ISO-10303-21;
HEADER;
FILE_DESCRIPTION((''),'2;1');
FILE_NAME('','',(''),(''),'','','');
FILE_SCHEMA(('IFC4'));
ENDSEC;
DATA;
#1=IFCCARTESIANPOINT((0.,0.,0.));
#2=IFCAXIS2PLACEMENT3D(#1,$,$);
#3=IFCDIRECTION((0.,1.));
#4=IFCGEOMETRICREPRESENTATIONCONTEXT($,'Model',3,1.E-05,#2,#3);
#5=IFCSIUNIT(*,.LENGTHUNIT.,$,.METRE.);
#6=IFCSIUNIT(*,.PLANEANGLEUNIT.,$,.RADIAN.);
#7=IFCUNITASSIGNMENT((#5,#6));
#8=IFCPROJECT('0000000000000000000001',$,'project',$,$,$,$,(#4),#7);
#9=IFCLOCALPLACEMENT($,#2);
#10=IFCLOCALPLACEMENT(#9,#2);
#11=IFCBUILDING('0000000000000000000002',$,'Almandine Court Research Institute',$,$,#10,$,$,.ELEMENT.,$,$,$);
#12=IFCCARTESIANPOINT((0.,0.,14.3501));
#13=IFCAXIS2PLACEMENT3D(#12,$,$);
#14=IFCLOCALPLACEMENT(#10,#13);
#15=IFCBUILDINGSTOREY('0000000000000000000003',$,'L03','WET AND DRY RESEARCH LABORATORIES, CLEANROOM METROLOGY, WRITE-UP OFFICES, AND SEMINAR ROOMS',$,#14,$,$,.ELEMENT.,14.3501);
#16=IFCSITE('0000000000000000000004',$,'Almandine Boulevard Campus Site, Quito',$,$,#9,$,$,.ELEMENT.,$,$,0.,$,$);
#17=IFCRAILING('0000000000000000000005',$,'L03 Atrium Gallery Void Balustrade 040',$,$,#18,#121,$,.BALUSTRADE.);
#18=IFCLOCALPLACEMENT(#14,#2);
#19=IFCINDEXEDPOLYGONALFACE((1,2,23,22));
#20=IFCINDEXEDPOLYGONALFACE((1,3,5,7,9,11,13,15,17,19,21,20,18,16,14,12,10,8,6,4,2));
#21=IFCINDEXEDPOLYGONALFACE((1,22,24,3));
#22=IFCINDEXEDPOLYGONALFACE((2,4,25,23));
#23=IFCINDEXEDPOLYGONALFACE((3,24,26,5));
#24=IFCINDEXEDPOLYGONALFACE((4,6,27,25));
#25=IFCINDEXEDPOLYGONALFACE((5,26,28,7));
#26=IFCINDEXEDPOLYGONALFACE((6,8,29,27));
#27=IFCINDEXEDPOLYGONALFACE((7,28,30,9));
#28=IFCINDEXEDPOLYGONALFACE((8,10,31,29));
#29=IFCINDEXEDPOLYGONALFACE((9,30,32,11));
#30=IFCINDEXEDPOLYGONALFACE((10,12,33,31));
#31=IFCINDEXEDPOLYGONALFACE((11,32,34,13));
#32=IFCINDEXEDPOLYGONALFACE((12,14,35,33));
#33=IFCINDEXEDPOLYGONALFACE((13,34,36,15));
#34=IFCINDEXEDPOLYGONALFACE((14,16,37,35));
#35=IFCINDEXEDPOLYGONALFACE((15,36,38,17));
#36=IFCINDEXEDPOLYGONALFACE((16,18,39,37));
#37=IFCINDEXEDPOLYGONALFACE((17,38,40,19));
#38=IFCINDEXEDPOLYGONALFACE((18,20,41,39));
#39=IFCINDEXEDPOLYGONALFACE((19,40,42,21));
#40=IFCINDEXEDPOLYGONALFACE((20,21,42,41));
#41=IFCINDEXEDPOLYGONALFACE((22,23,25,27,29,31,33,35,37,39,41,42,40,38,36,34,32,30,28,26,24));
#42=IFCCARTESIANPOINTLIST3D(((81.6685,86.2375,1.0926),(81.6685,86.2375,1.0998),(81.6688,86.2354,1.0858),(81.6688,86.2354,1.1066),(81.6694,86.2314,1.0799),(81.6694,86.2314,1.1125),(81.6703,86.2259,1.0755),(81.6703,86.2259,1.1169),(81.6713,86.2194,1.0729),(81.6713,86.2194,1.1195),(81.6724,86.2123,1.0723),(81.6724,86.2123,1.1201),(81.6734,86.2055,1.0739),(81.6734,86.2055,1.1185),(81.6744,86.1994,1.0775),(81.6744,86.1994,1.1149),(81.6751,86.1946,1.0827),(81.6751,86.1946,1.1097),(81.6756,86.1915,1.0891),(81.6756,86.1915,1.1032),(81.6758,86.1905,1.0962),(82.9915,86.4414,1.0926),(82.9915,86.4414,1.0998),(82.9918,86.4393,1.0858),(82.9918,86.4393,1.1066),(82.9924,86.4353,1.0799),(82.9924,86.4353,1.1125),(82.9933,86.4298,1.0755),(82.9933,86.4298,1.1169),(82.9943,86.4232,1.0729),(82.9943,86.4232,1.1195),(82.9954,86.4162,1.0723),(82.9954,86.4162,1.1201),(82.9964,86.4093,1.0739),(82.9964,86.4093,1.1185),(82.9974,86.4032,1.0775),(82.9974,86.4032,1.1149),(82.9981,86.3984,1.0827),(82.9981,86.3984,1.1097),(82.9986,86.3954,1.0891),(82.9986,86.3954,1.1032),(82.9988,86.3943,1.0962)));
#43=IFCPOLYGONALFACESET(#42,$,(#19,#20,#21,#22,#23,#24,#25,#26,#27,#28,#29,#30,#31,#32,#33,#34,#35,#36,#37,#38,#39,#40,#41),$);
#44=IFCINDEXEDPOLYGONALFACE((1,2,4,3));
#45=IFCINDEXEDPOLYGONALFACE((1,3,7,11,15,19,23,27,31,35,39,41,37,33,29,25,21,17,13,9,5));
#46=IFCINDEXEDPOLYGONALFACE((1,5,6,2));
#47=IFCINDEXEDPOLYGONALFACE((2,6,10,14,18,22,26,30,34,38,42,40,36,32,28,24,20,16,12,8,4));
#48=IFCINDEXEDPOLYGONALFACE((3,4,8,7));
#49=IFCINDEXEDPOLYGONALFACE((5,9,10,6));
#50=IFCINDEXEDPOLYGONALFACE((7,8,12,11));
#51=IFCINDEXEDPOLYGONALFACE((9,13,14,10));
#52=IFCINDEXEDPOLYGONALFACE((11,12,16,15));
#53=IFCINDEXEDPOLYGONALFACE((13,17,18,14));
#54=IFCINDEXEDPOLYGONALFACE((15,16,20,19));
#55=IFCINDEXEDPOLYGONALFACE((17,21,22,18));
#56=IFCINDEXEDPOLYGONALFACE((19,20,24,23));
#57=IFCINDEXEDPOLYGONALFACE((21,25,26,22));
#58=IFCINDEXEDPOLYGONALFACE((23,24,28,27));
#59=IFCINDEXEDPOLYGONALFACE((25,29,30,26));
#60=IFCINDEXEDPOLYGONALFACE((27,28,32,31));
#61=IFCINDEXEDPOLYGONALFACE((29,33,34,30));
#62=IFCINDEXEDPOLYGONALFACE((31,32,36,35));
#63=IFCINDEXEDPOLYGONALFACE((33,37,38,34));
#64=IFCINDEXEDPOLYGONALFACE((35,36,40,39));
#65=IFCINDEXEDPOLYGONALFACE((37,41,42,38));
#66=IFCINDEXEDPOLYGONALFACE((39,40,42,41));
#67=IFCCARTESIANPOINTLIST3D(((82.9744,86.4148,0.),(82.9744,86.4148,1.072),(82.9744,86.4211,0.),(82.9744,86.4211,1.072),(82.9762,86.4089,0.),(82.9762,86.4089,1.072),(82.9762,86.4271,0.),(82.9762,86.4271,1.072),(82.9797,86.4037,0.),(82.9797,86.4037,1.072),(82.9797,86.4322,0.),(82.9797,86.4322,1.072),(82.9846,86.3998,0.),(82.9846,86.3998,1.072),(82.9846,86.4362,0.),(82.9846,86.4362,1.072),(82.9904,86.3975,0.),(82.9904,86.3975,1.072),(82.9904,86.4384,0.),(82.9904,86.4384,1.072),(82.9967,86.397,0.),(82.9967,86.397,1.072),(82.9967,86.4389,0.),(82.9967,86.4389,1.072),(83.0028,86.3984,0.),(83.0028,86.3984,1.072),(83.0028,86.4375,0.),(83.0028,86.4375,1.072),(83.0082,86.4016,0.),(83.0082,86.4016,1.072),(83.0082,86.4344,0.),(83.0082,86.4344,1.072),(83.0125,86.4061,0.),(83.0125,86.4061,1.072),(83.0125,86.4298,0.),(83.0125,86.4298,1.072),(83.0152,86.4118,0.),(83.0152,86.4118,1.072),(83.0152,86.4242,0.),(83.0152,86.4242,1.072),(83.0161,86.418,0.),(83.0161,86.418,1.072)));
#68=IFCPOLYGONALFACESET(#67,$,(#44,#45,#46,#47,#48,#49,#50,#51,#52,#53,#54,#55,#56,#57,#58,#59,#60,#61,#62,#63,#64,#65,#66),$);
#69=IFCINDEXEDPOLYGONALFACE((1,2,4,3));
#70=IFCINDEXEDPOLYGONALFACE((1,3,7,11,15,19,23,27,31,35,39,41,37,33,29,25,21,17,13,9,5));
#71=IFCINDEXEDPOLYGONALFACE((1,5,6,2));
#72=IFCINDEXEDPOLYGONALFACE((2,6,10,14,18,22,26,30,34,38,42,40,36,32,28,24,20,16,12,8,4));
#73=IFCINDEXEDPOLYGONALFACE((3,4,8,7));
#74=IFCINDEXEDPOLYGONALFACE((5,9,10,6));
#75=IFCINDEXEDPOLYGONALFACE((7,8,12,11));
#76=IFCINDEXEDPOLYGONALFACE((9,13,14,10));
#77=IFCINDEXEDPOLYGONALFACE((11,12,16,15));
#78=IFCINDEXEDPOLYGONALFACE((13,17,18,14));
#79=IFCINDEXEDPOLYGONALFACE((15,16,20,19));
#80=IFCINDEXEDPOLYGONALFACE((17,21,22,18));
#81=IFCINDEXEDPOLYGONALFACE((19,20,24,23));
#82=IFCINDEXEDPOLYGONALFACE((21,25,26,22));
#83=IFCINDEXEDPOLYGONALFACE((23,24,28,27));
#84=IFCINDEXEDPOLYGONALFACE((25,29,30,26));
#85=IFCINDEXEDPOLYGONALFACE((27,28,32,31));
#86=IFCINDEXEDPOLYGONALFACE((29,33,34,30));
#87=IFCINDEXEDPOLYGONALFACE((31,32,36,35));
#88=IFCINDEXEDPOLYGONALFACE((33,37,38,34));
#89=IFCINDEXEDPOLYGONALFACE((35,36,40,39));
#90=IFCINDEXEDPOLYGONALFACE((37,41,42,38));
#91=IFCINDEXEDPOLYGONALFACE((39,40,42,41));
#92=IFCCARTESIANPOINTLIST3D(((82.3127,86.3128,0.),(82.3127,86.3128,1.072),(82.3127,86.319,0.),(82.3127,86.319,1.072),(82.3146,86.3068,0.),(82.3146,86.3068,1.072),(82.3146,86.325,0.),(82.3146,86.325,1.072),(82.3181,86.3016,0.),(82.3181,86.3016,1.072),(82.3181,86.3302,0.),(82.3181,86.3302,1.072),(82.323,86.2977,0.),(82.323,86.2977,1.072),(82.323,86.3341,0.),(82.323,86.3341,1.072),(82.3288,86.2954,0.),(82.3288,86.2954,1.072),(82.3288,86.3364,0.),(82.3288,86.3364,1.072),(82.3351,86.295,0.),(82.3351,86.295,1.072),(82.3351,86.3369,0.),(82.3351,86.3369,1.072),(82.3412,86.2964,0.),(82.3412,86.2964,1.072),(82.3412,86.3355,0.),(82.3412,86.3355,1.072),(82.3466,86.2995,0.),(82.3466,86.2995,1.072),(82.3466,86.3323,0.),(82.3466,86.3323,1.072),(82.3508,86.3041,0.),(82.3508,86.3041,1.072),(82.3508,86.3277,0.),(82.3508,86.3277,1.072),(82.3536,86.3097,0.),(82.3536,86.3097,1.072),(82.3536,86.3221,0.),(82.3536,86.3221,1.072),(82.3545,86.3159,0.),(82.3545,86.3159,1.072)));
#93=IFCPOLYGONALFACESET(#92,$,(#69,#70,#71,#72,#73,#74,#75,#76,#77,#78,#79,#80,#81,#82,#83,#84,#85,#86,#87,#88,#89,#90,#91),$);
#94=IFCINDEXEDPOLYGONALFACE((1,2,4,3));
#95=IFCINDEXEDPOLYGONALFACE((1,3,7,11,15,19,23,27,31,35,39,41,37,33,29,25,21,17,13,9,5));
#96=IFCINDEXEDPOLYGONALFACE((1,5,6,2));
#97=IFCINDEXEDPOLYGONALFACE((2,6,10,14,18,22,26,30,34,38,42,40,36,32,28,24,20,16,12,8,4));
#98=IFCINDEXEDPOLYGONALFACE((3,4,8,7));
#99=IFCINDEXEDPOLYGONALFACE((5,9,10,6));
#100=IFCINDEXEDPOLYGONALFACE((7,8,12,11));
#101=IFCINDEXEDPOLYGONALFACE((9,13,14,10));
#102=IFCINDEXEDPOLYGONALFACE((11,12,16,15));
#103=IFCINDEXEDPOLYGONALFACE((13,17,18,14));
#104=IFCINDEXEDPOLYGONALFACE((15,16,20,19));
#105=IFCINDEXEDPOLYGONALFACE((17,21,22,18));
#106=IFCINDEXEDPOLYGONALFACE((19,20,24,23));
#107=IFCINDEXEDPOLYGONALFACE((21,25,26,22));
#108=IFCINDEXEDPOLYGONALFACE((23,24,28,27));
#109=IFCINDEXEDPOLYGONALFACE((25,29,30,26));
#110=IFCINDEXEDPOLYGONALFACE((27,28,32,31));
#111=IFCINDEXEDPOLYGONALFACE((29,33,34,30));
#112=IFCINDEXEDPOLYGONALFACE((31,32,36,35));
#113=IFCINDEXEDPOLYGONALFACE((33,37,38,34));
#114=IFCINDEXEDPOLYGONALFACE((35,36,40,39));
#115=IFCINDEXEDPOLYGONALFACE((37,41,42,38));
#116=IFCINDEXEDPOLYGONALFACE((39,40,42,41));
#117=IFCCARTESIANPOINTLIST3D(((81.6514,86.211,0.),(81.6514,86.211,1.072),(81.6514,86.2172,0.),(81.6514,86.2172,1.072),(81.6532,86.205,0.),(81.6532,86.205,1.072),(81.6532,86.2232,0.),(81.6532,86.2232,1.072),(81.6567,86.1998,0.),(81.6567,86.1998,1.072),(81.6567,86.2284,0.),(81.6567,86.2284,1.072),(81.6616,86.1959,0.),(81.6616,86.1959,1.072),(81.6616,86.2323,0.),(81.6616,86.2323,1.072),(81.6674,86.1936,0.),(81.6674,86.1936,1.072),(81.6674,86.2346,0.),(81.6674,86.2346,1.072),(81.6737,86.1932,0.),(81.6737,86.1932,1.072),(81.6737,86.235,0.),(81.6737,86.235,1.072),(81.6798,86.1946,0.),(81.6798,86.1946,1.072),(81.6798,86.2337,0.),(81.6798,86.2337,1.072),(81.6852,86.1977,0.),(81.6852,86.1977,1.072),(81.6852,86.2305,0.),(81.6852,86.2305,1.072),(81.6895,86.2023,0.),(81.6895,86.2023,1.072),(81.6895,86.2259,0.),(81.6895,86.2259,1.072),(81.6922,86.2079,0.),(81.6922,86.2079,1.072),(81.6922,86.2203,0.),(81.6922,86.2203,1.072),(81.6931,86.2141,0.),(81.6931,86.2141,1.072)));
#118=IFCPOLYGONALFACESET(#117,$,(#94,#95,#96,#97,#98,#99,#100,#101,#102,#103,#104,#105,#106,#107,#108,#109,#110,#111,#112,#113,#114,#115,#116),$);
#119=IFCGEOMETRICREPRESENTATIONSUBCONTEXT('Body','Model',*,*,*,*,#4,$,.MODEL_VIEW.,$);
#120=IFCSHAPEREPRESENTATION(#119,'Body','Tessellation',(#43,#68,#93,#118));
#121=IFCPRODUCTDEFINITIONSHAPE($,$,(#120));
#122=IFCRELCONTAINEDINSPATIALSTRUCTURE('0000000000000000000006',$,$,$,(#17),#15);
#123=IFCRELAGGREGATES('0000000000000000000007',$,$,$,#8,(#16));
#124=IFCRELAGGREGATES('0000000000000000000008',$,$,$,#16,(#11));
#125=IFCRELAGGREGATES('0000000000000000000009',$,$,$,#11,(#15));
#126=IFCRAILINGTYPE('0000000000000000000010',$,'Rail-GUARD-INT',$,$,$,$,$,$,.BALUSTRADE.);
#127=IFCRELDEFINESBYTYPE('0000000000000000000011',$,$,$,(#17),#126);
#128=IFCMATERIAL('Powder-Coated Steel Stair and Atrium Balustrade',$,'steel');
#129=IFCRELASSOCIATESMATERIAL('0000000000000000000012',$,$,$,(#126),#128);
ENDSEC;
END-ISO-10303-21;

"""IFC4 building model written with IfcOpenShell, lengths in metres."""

from ifc_helpers import new_model, si_unit, direction, frame, origin, origin_2d, place, context, subcontext, project, spatial, circle, extrude, material, type_object, element, save


model = new_model("IFC4")

# Units and contexts
model_context = context("Model", 3, precision=1e-05, world=origin(), true_north=direction((0.0, 1.0)))
body_context = subcontext(model_context, "Body", "Model", "MODEL_VIEW")
ifc_project = project(units=[si_unit("LENGTHUNIT", "METRE"), si_unit("PLANEANGLEUNIT", "RADIAN")], contexts=[model_context])

# Site, building, storey
site_placement = place(None, origin())
site = spatial("IfcSite", under=ifc_project, at=site_placement, Name="Almandine Boulevard Campus Site, Quito", CompositionType="ELEMENT", RefElevation=0.0)
building_placement = place(site_placement, origin())
building = spatial("IfcBuilding", under=site, at=building_placement, Name="Almandine Court Research Institute", CompositionType="ELEMENT")
storey_placement = place(building_placement, frame((0.0, 0.0, 14.3501)))
storey = spatial("IfcBuildingStorey", under=building, at=storey_placement, Name="L03", Description="WET AND DRY RESEARCH LABORATORIES, CLEANROOM METROLOGY, WRITE-UP OFFICES, AND SEMINAR ROOMS", CompositionType="ELEMENT", Elevation=14.3501)

# Railing
ifc_material_1 = material(Name="Powder-Coated Steel Stair and Atrium Balustrade", Category="steel")
railing_type = type_object("IfcRailingType", Name="Rail-GUARD-INT", PredefinedType="BALUSTRADE", material=ifc_material_1)
railing_1_placement = place(storey_placement, frame((82.9951, 86.418, 0.0)))
element("IfcRailing", 1, at=railing_1_placement, inside=storey, type_object=railing_type, Name="L03 Atrium Gallery Void Balustrade 040", PredefinedType="BALUSTRADE", context=body_context, shape_type="SweptSolid", body=[
    extrude(circle(Radius=0.0239, at=origin_2d()), frame((0.0, 0.0, 1.0962), z_axis=(-0.988336, -0.15229, 0.0), x_axis=(0.15229, -0.988336, 0.0)), (0.0, 0.0, 1.0), 1.3386),
    extrude(circle(Radius=0.021, at=origin_2d()), origin(), (0.0, 0.0, 1.0), 1.072),
    extrude(circle(Radius=0.021, at=origin_2d()), frame((-0.6616, -0.1021, 0.0)), (0.0, 0.0, 1.0), 1.072),
    extrude(circle(Radius=0.021, at=origin_2d()), frame((-1.323, -0.2039, 0.0)), (0.0, 0.0, 1.0), 1.072),
])

save(model, "model.ifc")
